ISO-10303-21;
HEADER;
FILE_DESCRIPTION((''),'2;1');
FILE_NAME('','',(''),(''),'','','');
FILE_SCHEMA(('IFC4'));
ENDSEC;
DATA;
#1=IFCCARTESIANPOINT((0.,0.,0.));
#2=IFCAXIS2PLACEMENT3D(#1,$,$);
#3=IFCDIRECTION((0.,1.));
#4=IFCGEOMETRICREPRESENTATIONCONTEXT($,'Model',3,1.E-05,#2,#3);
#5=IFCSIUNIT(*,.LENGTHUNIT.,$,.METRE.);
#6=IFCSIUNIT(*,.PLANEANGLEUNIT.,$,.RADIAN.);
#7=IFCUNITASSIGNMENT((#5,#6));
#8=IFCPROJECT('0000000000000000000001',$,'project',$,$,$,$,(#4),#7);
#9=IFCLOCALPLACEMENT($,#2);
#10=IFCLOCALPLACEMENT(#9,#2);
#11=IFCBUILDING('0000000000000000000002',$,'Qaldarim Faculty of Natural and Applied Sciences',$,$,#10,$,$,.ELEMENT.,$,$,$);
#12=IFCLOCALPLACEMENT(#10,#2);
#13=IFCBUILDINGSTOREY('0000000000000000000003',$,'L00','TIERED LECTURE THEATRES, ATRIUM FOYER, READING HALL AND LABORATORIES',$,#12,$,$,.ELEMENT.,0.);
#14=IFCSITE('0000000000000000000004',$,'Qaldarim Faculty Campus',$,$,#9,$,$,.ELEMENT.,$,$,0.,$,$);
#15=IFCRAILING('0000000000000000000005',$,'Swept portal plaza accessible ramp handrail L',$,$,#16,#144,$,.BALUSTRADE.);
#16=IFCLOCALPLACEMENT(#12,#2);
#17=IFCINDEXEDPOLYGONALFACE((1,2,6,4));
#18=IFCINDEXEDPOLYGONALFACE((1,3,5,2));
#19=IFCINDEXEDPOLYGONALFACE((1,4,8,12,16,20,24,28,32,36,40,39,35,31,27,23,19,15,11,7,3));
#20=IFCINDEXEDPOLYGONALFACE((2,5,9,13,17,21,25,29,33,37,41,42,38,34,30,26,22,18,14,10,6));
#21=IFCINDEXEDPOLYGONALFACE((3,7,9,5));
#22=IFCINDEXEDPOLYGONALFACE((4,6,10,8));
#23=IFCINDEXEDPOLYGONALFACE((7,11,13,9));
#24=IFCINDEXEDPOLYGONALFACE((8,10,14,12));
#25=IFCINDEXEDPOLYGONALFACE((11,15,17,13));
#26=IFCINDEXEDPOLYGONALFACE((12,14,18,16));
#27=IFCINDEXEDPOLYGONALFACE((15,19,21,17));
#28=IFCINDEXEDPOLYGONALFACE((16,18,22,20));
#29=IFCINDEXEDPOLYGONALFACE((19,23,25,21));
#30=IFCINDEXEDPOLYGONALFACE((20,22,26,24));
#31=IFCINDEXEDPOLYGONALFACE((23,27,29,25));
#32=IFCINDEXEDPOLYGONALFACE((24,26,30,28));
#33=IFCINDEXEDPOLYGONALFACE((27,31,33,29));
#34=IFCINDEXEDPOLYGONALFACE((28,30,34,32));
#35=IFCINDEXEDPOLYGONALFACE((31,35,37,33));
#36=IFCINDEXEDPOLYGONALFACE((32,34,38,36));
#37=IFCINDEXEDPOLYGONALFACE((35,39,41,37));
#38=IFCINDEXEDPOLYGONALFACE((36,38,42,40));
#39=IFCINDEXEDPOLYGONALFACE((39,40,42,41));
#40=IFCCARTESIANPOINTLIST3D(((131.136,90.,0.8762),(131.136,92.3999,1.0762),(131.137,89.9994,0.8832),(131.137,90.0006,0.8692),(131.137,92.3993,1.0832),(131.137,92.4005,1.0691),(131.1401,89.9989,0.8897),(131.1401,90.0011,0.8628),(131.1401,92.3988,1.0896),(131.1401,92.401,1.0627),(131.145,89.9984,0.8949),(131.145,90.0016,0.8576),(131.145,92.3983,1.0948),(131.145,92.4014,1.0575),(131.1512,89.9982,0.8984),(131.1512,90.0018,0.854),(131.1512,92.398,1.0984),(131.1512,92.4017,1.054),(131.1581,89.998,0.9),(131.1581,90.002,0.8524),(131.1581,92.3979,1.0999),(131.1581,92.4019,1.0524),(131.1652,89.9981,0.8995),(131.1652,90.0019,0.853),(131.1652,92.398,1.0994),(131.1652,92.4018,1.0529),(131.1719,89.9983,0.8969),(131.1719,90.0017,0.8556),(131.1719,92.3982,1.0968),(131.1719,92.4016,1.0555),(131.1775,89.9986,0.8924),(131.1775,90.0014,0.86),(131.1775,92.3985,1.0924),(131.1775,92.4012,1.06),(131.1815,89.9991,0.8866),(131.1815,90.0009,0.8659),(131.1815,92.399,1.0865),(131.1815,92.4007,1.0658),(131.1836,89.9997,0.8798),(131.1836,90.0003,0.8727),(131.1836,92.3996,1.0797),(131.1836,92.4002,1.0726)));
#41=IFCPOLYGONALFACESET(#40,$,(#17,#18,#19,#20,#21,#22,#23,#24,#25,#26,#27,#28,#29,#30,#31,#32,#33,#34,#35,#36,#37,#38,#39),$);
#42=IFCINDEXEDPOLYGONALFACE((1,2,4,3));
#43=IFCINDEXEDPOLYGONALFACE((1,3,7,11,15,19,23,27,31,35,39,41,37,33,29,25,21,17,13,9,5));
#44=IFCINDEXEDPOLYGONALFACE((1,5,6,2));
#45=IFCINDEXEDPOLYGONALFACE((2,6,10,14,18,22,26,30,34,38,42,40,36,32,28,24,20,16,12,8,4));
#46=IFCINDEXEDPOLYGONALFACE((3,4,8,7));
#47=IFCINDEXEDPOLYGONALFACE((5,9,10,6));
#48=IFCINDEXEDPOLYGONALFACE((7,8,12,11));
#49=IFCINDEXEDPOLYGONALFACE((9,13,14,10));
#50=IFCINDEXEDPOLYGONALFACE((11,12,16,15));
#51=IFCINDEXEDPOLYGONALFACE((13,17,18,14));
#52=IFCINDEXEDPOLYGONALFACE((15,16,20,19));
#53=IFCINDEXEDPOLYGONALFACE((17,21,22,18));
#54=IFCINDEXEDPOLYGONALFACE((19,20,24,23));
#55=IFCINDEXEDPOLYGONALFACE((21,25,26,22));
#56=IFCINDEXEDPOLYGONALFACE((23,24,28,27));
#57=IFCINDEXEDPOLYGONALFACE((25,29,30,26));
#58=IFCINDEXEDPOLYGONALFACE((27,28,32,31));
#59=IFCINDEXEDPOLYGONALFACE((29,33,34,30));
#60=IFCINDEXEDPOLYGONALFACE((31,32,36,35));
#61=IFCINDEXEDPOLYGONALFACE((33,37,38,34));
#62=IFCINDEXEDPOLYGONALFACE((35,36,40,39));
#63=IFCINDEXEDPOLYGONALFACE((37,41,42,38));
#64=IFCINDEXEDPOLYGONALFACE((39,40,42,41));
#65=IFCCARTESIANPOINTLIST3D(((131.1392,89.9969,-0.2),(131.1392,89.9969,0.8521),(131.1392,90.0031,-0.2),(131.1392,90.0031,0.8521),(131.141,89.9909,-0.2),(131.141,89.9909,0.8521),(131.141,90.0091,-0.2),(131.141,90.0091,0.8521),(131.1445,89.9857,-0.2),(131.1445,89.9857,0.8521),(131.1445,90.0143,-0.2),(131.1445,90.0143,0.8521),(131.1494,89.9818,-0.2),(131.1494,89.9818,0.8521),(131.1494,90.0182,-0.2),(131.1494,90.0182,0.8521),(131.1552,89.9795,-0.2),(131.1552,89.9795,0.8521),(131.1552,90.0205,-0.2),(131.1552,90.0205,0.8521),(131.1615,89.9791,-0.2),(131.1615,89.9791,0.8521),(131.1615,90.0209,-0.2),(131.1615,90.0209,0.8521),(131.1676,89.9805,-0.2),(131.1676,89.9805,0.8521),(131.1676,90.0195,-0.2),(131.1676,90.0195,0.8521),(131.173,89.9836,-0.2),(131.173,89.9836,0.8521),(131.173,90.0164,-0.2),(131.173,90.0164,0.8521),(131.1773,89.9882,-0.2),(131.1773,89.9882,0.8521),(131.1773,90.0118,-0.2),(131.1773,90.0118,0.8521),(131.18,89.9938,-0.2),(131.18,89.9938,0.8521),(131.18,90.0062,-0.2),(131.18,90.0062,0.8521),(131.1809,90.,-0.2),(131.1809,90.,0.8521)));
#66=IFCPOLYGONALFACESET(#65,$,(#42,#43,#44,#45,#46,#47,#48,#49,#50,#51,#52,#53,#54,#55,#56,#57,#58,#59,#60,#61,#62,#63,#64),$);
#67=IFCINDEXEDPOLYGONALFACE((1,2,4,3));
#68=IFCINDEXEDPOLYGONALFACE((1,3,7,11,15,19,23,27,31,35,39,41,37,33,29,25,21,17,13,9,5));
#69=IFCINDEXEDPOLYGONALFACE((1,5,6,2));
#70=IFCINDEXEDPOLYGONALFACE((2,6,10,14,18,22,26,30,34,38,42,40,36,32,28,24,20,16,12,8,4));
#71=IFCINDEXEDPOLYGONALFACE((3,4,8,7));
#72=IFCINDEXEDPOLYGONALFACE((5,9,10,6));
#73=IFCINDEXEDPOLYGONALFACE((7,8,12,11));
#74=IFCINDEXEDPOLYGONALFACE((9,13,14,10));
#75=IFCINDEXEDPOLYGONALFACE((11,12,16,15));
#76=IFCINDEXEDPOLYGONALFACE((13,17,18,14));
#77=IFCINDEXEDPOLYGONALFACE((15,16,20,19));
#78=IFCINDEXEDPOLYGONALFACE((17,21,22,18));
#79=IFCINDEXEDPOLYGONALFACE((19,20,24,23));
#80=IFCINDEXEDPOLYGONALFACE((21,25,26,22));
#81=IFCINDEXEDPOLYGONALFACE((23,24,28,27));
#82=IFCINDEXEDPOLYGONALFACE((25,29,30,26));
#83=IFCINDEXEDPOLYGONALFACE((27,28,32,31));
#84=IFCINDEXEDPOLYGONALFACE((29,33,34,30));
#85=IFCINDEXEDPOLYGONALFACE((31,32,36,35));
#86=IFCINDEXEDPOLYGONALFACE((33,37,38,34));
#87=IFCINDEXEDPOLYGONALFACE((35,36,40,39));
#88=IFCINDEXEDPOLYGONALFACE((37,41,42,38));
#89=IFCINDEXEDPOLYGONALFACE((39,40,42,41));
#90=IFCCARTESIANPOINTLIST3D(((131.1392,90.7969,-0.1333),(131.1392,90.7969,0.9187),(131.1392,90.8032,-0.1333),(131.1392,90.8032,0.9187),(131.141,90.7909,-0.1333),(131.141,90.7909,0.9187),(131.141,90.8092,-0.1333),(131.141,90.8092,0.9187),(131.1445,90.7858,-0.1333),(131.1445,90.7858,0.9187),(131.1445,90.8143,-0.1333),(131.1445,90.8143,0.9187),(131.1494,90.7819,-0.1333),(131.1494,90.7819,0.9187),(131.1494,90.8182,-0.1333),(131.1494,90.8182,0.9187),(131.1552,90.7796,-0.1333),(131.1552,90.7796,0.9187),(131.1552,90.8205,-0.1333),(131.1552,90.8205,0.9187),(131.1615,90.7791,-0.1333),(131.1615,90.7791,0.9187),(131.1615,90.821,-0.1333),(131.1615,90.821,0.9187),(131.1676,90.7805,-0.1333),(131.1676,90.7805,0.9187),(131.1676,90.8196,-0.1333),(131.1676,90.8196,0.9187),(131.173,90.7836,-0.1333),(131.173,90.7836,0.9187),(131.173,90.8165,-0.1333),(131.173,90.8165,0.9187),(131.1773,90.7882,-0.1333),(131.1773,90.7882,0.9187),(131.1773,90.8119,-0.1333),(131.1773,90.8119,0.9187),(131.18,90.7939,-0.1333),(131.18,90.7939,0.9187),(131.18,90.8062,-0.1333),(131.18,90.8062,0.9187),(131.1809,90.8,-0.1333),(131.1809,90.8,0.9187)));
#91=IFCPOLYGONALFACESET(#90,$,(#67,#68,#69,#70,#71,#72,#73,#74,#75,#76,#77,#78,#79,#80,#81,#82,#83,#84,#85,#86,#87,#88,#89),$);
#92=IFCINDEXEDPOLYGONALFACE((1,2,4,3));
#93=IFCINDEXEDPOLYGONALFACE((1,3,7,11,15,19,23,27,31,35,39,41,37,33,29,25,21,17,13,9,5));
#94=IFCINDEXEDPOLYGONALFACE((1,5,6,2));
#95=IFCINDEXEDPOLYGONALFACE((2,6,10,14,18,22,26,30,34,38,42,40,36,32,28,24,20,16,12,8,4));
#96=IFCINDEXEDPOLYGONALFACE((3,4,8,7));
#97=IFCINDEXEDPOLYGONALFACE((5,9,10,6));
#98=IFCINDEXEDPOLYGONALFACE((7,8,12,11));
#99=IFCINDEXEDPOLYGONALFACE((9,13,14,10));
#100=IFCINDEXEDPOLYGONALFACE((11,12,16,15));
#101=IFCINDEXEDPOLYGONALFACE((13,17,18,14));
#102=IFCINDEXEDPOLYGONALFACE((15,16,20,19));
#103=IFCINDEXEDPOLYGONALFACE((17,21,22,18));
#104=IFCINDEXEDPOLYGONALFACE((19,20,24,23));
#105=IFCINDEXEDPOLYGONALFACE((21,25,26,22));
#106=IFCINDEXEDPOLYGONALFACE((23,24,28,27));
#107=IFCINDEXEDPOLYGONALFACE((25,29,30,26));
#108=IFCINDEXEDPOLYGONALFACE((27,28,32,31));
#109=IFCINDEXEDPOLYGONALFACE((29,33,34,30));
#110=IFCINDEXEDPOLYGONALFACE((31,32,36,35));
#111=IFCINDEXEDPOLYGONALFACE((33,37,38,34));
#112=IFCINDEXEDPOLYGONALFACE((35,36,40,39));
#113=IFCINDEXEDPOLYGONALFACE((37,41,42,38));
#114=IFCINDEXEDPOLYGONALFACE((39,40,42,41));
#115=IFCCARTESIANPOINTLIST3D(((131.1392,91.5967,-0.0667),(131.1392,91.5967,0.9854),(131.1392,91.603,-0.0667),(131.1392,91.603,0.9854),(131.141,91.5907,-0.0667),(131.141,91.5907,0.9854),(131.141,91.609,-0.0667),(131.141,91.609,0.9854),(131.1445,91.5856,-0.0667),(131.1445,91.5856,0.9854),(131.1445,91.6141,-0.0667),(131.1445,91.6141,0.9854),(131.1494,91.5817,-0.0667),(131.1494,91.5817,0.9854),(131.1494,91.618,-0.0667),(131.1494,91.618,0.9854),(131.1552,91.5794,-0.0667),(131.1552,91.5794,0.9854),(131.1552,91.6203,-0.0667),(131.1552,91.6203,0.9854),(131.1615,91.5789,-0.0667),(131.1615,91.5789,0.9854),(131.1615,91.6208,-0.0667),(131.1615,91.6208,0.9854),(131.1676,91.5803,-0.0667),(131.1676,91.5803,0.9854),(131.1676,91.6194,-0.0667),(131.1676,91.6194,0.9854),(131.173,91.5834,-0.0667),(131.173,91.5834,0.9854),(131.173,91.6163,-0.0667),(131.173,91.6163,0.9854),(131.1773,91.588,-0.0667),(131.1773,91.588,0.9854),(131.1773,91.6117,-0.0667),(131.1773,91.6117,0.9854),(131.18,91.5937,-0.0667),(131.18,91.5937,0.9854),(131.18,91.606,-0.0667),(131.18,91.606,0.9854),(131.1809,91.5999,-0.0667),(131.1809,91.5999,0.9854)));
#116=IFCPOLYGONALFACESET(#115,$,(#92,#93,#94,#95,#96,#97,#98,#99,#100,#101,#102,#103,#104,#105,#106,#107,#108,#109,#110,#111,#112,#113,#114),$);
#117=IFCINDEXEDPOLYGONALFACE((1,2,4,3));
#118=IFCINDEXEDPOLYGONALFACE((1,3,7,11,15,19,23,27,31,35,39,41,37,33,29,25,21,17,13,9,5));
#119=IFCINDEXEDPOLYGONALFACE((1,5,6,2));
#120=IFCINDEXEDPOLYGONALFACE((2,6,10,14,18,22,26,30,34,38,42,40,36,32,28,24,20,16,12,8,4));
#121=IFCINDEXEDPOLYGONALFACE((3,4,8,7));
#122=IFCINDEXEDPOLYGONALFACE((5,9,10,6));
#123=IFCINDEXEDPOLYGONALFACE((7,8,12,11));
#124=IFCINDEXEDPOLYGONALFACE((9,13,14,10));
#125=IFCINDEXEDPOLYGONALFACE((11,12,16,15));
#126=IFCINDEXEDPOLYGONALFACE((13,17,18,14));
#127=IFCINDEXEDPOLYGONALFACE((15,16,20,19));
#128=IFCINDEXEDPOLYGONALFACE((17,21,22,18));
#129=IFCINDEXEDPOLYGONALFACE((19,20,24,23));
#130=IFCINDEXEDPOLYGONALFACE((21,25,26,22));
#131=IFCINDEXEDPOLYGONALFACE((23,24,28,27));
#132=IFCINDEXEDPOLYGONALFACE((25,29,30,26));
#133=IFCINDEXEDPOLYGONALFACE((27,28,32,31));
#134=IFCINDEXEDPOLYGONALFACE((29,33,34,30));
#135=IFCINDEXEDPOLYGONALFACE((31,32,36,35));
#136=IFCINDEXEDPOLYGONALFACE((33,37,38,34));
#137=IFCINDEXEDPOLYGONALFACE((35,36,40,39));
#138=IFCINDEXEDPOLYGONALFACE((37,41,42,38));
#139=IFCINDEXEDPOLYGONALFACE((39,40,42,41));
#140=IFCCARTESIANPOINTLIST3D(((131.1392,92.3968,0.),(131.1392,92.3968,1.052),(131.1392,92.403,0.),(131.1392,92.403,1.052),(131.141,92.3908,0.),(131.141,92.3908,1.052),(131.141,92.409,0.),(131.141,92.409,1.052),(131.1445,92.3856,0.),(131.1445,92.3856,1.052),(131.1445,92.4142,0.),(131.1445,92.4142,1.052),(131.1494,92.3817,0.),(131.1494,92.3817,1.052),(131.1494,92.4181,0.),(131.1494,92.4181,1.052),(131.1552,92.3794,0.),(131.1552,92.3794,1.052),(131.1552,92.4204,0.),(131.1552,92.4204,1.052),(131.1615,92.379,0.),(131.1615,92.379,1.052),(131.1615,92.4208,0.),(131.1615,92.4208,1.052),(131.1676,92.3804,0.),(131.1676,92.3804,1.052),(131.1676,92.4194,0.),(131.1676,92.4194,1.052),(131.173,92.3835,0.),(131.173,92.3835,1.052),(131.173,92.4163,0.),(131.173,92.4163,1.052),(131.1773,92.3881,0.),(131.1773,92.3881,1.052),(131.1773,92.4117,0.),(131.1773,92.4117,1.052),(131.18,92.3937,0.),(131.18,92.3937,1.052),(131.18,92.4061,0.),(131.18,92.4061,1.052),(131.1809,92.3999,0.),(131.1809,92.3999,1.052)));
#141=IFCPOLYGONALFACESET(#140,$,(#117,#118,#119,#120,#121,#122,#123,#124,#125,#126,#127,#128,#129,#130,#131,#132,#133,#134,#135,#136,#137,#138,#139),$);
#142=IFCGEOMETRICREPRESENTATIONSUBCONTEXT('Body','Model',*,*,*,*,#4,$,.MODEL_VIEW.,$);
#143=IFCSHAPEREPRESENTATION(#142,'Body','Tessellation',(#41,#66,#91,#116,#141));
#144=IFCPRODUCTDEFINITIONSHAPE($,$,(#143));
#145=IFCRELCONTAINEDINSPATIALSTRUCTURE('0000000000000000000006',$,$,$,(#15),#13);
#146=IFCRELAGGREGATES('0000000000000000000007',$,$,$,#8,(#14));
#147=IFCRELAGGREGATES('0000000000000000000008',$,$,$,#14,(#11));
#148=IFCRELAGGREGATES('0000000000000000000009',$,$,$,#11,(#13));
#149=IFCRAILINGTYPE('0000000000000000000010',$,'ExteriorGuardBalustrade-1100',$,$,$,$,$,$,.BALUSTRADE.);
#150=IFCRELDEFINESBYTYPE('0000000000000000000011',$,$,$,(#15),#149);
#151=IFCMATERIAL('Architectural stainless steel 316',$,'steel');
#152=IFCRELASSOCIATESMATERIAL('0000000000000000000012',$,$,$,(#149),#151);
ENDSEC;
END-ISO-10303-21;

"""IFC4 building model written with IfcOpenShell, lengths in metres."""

from ifc_helpers import new_model, si_unit, direction, frame, origin, origin_2d, place, context, subcontext, project, spatial, circle, extrude, material, type_object, element, save


model = new_model("IFC4")

# Units and contexts
model_context = context("Model", 3, precision=1e-05, world=origin(), true_north=direction((0.0, 1.0)))
body_context = subcontext(model_context, "Body", "Model", "MODEL_VIEW")
ifc_project = project(units=[si_unit("LENGTHUNIT", "METRE"), si_unit("PLANEANGLEUNIT", "RADIAN")], contexts=[model_context])

# Site, building, storey
site_placement = place(None, origin())
site = spatial("IfcSite", under=ifc_project, at=site_placement, Name="Qaldarim Faculty Campus", CompositionType="ELEMENT", RefElevation=0.0)
building_placement = place(site_placement, origin())
building = spatial("IfcBuilding", under=site, at=building_placement, Name="Qaldarim Faculty of Natural and Applied Sciences", CompositionType="ELEMENT")
storey_placement = place(building_placement, origin())
storey = spatial("IfcBuildingStorey", under=building, at=storey_placement, Name="L00", Description="TIERED LECTURE THEATRES, ATRIUM FOYER, READING HALL AND LABORATORIES", CompositionType="ELEMENT", Elevation=0.0)

# Railing
ifc_material_1 = material(Name="Architectural stainless steel 316", Category="steel")
railing_type = type_object("IfcRailingType", Name="ExteriorGuardBalustrade-1100", PredefinedType="BALUSTRADE", material=ifc_material_1)
railing_placement = place(storey_placement, frame((131.1599, 90.0, -0.2)))
element("IfcRailing", 1, at=railing_placement, inside=storey, type_object=railing_type, Name="Swept portal plaza accessible ramp handrail L", PredefinedType="BALUSTRADE", context=body_context, shape_type="SweptSolid", body=[
    extrude(circle(Radius=0.0239, at=origin_2d()), frame((0.0, 0.0, 1.0762), z_axis=(0.0, 0.996547, 0.083029), x_axis=(-1.0, 0.0, 0.0)), (0.0, 0.0, 1.0), 2.4082),
    extrude(circle(Radius=0.021, at=origin_2d()), origin(), (0.0, 0.0, 1.0), 1.052),
    extrude(circle(Radius=0.021, at=origin_2d()), frame((0.0, 0.8, 0.0667)), (0.0, 0.0, 1.0), 1.052),
    extrude(circle(Radius=0.021, at=origin_2d()), frame((0.0, 1.5999, 0.1333)), (0.0, 0.0, 1.0), 1.052),
    extrude(circle(Radius=0.021, at=origin_2d()), frame((0.0, 2.3999, 0.2)), (0.0, 0.0, 1.0), 1.052),
])

save(model, "model.ifc")
